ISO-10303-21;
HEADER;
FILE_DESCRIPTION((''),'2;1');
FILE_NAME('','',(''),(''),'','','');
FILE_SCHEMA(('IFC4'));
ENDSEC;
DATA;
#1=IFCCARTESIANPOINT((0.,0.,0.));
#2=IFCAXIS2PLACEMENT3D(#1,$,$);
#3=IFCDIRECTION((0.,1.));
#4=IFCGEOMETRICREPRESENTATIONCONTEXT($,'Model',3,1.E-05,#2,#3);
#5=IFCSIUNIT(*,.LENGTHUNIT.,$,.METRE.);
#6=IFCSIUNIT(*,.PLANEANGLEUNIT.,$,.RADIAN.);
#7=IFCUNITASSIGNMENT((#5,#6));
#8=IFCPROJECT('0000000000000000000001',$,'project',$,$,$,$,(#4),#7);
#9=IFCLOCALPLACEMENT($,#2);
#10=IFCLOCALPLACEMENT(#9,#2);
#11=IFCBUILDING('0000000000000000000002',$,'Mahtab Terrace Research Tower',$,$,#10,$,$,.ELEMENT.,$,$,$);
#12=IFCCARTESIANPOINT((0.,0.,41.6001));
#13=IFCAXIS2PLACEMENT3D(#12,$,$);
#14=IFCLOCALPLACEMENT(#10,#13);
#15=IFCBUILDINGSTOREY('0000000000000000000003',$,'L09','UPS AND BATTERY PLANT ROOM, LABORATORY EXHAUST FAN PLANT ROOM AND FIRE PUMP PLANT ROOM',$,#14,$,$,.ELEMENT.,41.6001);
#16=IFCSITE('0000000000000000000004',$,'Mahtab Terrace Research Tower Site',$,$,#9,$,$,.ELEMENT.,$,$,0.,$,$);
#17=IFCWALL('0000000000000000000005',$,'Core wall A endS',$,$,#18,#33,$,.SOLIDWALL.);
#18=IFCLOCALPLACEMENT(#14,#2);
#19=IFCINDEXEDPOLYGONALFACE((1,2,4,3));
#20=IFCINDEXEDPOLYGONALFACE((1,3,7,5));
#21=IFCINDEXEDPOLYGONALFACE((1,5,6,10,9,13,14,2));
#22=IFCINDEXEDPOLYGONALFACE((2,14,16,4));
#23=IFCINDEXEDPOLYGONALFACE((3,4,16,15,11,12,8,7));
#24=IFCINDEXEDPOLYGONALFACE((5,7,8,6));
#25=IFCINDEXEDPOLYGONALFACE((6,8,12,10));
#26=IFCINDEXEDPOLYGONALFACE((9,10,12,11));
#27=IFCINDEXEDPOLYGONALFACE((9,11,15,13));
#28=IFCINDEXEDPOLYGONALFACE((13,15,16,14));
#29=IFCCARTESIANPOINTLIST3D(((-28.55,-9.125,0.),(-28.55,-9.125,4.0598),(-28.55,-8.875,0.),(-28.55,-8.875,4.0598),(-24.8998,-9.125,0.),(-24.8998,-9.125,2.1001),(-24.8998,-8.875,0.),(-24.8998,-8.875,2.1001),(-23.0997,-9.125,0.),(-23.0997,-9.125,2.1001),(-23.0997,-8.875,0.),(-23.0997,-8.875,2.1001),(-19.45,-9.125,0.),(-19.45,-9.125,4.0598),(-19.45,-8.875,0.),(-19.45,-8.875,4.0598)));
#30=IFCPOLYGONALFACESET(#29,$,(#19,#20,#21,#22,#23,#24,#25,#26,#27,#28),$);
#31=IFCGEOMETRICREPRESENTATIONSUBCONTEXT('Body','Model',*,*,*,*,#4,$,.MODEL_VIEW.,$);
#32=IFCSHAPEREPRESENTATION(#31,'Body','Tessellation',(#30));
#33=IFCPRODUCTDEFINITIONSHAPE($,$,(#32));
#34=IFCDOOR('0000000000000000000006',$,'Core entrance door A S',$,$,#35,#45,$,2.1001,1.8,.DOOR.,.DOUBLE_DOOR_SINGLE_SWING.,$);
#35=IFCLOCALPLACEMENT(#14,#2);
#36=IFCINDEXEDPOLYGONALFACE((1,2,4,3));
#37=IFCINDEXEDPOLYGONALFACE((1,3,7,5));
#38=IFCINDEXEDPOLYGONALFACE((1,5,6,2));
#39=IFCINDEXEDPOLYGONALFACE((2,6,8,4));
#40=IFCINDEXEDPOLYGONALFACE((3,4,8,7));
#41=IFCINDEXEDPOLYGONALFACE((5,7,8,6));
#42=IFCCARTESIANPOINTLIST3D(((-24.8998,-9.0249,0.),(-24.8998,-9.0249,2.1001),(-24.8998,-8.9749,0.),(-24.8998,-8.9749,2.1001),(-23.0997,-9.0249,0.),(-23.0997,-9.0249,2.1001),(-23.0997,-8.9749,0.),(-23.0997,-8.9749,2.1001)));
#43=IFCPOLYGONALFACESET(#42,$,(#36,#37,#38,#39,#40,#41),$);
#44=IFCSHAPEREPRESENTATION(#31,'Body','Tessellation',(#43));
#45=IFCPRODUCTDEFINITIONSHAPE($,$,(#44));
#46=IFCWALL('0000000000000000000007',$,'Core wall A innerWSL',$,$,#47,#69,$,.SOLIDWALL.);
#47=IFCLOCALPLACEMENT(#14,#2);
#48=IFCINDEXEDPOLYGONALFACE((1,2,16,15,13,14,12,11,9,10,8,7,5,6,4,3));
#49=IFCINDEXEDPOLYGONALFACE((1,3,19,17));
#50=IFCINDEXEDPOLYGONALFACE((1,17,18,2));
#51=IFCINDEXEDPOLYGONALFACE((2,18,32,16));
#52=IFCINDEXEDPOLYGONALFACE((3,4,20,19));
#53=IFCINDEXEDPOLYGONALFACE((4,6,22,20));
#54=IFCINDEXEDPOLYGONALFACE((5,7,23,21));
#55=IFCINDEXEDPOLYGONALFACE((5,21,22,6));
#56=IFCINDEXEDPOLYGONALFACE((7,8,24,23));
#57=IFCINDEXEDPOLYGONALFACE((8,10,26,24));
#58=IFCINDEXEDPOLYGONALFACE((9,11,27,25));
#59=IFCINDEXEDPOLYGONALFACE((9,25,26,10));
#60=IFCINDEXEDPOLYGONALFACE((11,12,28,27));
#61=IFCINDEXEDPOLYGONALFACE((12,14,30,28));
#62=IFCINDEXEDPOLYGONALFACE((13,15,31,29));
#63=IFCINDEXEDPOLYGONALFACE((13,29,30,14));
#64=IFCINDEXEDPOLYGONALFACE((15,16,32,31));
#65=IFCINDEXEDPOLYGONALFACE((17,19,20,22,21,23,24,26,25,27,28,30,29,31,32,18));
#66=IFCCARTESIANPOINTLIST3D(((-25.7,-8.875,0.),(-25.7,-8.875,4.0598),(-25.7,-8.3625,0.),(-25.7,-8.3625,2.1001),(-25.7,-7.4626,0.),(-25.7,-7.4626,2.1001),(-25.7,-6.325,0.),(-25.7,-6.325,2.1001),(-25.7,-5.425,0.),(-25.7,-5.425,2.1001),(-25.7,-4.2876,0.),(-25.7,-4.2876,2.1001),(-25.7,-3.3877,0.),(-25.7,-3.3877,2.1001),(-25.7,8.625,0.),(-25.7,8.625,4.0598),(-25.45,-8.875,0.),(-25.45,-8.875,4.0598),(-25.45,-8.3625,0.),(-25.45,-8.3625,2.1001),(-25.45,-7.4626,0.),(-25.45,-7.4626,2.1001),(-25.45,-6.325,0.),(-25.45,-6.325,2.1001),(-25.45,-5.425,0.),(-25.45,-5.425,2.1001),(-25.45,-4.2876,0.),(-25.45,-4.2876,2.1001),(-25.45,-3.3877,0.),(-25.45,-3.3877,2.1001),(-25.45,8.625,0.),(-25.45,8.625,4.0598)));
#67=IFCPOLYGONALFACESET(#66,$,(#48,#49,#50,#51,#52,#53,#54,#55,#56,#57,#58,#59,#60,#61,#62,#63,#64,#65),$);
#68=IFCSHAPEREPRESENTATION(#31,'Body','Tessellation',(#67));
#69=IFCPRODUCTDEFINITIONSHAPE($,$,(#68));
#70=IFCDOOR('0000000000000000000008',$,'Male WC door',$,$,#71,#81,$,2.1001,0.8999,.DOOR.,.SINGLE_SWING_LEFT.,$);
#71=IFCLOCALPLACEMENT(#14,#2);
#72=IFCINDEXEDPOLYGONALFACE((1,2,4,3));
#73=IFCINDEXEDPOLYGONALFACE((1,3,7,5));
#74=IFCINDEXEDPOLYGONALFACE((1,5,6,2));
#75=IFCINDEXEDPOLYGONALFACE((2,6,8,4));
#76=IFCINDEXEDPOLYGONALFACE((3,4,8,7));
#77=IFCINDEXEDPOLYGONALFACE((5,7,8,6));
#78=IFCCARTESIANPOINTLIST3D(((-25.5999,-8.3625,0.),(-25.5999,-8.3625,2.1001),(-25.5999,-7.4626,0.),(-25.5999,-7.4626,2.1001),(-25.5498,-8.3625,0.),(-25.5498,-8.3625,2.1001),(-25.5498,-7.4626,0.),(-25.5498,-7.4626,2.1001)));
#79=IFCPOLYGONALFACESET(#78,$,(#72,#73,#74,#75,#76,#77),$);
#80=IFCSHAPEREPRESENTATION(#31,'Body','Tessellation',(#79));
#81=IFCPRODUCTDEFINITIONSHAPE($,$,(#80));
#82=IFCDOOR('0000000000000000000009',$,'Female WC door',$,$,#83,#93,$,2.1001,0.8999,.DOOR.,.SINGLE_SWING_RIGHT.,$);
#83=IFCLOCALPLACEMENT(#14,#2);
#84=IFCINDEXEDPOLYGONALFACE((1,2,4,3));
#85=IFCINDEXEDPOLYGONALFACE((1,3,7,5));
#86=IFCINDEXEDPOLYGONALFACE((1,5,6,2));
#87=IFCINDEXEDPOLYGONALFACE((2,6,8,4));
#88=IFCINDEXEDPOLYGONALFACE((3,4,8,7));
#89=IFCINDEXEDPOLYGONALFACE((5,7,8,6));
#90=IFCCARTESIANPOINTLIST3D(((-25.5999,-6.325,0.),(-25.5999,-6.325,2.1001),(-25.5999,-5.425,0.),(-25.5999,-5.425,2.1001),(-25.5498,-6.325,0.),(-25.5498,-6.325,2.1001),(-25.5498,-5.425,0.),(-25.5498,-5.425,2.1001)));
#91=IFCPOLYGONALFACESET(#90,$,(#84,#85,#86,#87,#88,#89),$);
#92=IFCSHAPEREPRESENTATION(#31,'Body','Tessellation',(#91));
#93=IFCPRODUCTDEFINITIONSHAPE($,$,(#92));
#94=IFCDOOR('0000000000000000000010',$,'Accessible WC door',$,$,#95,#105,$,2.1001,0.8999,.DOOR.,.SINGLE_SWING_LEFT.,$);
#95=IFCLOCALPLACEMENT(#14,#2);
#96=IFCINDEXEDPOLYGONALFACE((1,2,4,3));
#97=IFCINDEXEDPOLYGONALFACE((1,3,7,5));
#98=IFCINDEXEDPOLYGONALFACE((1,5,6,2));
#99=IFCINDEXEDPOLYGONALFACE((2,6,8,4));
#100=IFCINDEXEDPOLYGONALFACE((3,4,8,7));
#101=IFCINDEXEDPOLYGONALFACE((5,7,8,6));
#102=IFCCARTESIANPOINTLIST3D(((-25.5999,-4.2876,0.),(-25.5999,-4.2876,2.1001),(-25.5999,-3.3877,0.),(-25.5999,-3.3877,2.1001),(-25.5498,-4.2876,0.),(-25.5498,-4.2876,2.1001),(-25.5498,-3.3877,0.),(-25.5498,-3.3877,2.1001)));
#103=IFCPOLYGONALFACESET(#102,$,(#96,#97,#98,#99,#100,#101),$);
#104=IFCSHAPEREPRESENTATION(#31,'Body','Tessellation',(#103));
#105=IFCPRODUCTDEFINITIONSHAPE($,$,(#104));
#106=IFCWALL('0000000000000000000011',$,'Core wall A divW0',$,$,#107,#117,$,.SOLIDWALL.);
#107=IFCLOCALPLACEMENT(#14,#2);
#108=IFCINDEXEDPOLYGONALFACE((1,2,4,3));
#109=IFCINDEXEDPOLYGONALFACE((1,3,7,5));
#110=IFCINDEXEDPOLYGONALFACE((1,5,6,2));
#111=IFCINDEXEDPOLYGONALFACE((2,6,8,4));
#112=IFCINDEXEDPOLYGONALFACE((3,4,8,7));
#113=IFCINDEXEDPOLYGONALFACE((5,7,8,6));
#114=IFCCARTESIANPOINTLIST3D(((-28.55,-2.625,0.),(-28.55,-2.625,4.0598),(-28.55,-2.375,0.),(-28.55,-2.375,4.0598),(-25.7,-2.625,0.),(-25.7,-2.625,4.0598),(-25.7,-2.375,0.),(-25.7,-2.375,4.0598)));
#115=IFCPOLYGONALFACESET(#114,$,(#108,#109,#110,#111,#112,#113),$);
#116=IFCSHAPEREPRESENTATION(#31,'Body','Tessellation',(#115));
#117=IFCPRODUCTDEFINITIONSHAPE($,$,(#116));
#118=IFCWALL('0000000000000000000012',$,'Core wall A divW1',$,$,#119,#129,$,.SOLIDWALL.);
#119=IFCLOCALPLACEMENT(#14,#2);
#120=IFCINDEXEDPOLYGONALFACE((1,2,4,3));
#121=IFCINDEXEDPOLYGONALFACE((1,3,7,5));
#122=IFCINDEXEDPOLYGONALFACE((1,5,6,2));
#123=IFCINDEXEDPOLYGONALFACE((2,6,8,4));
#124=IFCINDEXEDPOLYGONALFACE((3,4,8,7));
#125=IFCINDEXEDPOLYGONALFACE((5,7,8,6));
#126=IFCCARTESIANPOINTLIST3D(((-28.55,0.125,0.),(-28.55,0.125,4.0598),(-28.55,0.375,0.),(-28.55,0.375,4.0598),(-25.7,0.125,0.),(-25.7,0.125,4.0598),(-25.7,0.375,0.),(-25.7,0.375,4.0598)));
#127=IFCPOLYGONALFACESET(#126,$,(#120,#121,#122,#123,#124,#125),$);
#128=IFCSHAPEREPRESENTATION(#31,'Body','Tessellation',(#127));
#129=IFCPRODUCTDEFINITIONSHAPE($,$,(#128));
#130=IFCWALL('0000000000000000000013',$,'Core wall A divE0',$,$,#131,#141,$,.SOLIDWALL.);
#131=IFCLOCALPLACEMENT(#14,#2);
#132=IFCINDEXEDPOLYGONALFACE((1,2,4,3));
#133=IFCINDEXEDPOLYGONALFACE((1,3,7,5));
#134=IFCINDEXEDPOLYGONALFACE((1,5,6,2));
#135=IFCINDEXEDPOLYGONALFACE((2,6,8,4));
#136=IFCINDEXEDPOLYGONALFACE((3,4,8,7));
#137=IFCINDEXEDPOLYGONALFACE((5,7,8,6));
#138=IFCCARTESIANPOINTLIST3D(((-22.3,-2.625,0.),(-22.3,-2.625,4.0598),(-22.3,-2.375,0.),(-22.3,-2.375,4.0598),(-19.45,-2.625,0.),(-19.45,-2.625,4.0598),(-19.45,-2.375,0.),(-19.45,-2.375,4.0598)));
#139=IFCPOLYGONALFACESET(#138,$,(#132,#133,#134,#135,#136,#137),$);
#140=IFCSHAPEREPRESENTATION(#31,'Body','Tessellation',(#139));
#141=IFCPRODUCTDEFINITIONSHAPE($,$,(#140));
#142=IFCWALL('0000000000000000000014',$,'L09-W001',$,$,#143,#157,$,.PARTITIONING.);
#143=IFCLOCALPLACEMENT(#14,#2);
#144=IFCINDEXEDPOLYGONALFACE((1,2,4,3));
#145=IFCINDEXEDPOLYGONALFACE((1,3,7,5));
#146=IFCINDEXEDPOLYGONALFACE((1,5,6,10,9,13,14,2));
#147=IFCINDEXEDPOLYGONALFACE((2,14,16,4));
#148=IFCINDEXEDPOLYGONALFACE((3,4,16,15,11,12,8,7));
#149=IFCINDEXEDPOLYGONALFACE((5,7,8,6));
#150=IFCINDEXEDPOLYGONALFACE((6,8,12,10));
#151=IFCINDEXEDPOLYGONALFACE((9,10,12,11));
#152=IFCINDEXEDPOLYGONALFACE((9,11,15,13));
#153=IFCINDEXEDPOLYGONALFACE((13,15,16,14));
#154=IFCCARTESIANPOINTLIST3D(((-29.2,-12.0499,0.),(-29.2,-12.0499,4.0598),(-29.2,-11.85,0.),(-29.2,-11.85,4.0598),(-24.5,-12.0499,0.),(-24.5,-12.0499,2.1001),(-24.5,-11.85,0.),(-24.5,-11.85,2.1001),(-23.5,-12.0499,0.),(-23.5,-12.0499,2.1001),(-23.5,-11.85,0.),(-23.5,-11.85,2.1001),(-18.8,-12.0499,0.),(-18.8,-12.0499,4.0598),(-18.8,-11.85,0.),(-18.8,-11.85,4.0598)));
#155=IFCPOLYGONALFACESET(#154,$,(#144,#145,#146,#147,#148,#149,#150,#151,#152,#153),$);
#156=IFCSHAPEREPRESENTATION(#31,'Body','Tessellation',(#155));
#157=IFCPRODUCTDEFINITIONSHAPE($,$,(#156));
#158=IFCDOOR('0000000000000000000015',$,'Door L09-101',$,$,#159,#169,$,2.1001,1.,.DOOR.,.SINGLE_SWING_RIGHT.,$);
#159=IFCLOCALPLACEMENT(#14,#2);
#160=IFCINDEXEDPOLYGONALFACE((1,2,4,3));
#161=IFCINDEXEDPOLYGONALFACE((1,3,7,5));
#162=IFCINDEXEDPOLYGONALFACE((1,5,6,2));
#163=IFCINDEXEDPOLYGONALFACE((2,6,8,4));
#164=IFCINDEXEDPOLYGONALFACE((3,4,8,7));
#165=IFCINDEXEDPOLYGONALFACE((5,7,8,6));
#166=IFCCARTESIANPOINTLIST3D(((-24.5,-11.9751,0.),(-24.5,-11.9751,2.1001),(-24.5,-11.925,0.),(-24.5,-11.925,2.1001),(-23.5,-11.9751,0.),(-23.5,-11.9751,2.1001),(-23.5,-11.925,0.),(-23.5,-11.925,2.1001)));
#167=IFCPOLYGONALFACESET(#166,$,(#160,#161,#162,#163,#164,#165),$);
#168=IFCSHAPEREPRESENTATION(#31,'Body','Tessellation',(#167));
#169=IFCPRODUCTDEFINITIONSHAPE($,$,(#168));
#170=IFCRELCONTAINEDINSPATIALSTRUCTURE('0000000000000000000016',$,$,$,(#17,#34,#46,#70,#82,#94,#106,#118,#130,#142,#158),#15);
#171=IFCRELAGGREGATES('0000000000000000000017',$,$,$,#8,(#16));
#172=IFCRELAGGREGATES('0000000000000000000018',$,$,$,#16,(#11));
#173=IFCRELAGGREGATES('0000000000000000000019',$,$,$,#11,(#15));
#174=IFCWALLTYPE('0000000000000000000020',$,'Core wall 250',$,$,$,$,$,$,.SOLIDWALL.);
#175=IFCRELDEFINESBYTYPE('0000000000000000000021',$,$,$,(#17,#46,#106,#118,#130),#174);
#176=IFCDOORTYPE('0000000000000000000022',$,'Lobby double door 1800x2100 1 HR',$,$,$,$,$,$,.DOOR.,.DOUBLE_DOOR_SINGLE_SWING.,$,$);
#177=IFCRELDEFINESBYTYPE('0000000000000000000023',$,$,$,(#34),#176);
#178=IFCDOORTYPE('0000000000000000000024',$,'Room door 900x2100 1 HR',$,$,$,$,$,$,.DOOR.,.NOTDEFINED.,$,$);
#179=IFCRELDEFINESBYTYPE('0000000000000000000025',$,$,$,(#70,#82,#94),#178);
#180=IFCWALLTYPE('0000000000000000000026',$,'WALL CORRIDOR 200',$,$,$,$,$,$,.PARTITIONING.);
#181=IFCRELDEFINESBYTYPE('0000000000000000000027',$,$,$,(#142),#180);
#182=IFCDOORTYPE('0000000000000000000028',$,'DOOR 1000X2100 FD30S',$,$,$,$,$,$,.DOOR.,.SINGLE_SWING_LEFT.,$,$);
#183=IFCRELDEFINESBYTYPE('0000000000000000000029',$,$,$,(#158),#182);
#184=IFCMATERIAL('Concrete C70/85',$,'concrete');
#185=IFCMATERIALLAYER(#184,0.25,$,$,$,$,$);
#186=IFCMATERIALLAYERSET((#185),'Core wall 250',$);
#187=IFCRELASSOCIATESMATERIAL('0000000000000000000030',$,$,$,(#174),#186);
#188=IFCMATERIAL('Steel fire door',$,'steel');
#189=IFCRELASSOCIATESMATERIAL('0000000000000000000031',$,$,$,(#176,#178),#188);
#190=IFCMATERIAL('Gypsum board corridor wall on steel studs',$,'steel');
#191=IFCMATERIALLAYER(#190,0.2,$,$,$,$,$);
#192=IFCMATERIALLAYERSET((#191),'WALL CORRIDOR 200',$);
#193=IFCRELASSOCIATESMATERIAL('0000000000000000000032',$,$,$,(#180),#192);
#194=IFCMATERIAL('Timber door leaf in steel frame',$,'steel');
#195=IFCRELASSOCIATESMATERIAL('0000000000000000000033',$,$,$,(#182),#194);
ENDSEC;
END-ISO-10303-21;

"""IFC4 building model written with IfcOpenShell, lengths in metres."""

from ifc_helpers import new_model, si_unit, direction, frame, frame_2d, origin, place, context, subcontext, project, spatial, rectangle, extrude, material, layer, layer_set, type_object, element, fill, save


model = new_model("IFC4")

# Units and contexts
model_context = context("Model", 3, precision=1e-05, world=origin(), true_north=direction((0.0, 1.0)))
body_context = subcontext(model_context, "Body", "Model", "MODEL_VIEW")
ifc_project = project(units=[si_unit("LENGTHUNIT", "METRE"), si_unit("PLANEANGLEUNIT", "RADIAN")], contexts=[model_context])

# Site, building, storey
site_placement = place(None, origin())
site = spatial("IfcSite", under=ifc_project, at=site_placement, Name="Mahtab Terrace Research Tower Site", CompositionType="ELEMENT", RefElevation=0.0)
building_placement = place(site_placement, origin())
building = spatial("IfcBuilding", under=site, at=building_placement, Name="Mahtab Terrace Research Tower", CompositionType="ELEMENT")
storey_placement = place(building_placement, frame((0.0, 0.0, 41.6001)))
storey = spatial("IfcBuildingStorey", under=building, at=storey_placement, Name="L09", Description="UPS AND BATTERY PLANT ROOM, LABORATORY EXHAUST FAN PLANT ROOM AND FIRE PUMP PLANT ROOM", CompositionType="ELEMENT", Elevation=41.6001)

# Shared definitions
ifc_material_1 = material(Name="Concrete C70/85", Category="concrete")

# Wall, opening, door
ifc_layer_1 = layer(ifc_material_1, 0.25)
ifc_layer_set_1 = layer_set([ifc_layer_1], Name="Core wall 250")
wall_type_1 = type_object("IfcWallType", Name="Core wall 250", PredefinedType="SOLIDWALL", material=ifc_layer_set_1)
wall_1_placement = place(storey_placement, frame((-19.45, -9.0, 0.0), z_axis=(0.0, 0.0, 1.0), x_axis=(-1.0, 0.0, 0.0)))
wall_1 = element("IfcWall", 1, at=wall_1_placement, inside=storey, type_object=wall_type_1, Name="Core wall A endS", PredefinedType="SOLIDWALL", context=body_context, shape_type="SweptSolid", body=[
    extrude(rectangle(XDim=9.1001, YDim=0.25, at=frame_2d((4.55, 0.0))), origin(), (0.0, 0.0, 1.0), 4.0598),
])
opening_1_placement = place(wall_1_placement, frame((3.6499, 0.0, 0.0)))
opening_1 = element("IfcOpeningElement", 2, at=opening_1_placement, cuts=wall_1, PredefinedType="OPENING", context=body_context, shape_type="SweptSolid", body=[
    extrude(rectangle(XDim=1.8, YDim=2.1001, at=frame_2d((0.8999, 1.05))), frame((0.0, 0.135, 0.0), z_axis=(0.0, -1.0, 0.0), x_axis=(1.0, 0.0, 0.0)), (0.0, 0.0, 1.0), 0.27),
])
ifc_material_2 = material(Name="Steel fire door", Category="steel")
door_type_1 = type_object("IfcDoorType", Name="Lobby double door 1800x2100 1 HR", OperationType="DOUBLE_DOOR_SINGLE_SWING", PredefinedType="DOOR", material=ifc_material_2)
door_1_placement = place(opening_1_placement, origin())
door_1 = element("IfcDoor", 3, at=door_1_placement, inside=storey, type_object=door_type_1, Name="Core entrance door A S", OperationType="DOUBLE_DOOR_SINGLE_SWING", OverallHeight=2.1001, OverallWidth=1.8, PredefinedType="DOOR", context=body_context, shape_type="SweptSolid", body=[
    extrude(rectangle(XDim=1.8, YDim=2.1001, at=frame_2d((0.8999, 1.05))), frame((0.0, 0.0249, 0.0), z_axis=(0.0, -1.0, 0.0), x_axis=(1.0, 0.0, 0.0)), (0.0, 0.0, 1.0), 0.05),
])
fill(opening_1, door_1)

# Wall, openings, doors
wall_2_placement = place(storey_placement, frame((-25.575, -8.875, 0.0), z_axis=(0.0, 0.0, 1.0), x_axis=(0.0, 1.0, 0.0)))
wall_2 = element("IfcWall", 4, at=wall_2_placement, inside=storey, type_object=wall_type_1, Name="Core wall A innerWSL", PredefinedType="SOLIDWALL", context=body_context, shape_type="SweptSolid", body=[
    extrude(rectangle(XDim=17.5, YDim=0.25, at=frame_2d((8.75, 0.0))), origin(), (0.0, 0.0, 1.0), 4.0598),
])
opening_2_placement = place(wall_2_placement, frame((0.5125, 0.0, 0.0)))
opening_2 = element("IfcOpeningElement", 5, at=opening_2_placement, cuts=wall_2, PredefinedType="OPENING", context=body_context, shape_type="SweptSolid", body=[
    extrude(rectangle(XDim=0.8999, YDim=2.1001, at=frame_2d((0.45, 1.05))), frame((0.0, 0.135, 0.0), z_axis=(0.0, -1.0, 0.0), x_axis=(1.0, 0.0, 0.0)), (0.0, 0.0, 1.0), 0.27),
])
opening_3_placement = place(wall_2_placement, frame((2.55, 0.0, 0.0)))
opening_3 = element("IfcOpeningElement", 6, at=opening_3_placement, cuts=wall_2, PredefinedType="OPENING", context=body_context, shape_type="SweptSolid", body=[
    extrude(rectangle(XDim=0.8999, YDim=2.1001, at=frame_2d((0.45, 1.05))), frame((0.0, 0.135, 0.0), z_axis=(0.0, -1.0, 0.0), x_axis=(1.0, 0.0, 0.0)), (0.0, 0.0, 1.0), 0.27),
])
opening_4_placement = place(wall_2_placement, frame((4.5874, 0.0, 0.0)))
opening_4 = element("IfcOpeningElement", 7, at=opening_4_placement, cuts=wall_2, PredefinedType="OPENING", context=body_context, shape_type="SweptSolid", body=[
    extrude(rectangle(XDim=0.8999, YDim=2.1001, at=frame_2d((0.45, 1.05))), frame((0.0, 0.135, 0.0), z_axis=(0.0, -1.0, 0.0), x_axis=(1.0, 0.0, 0.0)), (0.0, 0.0, 1.0), 0.27),
])
door_type_2 = type_object("IfcDoorType", Name="Room door 900x2100 1 HR", OperationType="NOTDEFINED", PredefinedType="DOOR", material=ifc_material_2)
door_2_placement = place(opening_2_placement, origin())
door_2 = element("IfcDoor", 8, at=door_2_placement, inside=storey, type_object=door_type_2, Name="Male WC door", OperationType="SINGLE_SWING_LEFT", OverallHeight=2.1001, OverallWidth=0.8999, PredefinedType="DOOR", context=body_context, shape_type="SweptSolid", body=[
    extrude(rectangle(XDim=0.8999, YDim=2.1001, at=frame_2d((0.45, 1.05))), frame((0.0, 0.0249, 0.0), z_axis=(0.0, -1.0, 0.0), x_axis=(1.0, 0.0, 0.0)), (0.0, 0.0, 1.0), 0.05),
])
fill(opening_2, door_2)
door_3_placement = place(opening_3_placement, origin())
door_3 = element("IfcDoor", 9, at=door_3_placement, inside=storey, type_object=door_type_2, Name="Female WC door", OperationType="SINGLE_SWING_RIGHT", OverallHeight=2.1001, OverallWidth=0.8999, PredefinedType="DOOR", context=body_context, shape_type="SweptSolid", body=[
    extrude(rectangle(XDim=0.8999, YDim=2.1001, at=frame_2d((0.45, 1.05))), frame((0.0, 0.0249, 0.0), z_axis=(0.0, -1.0, 0.0), x_axis=(1.0, 0.0, 0.0)), (0.0, 0.0, 1.0), 0.05),
])
fill(opening_3, door_3)
door_4_placement = place(opening_4_placement, origin())
door_4 = element("IfcDoor", 10, at=door_4_placement, inside=storey, type_object=door_type_2, Name="Accessible WC door", OperationType="SINGLE_SWING_LEFT", OverallHeight=2.1001, OverallWidth=0.8999, PredefinedType="DOOR", context=body_context, shape_type="SweptSolid", body=[
    extrude(rectangle(XDim=0.8999, YDim=2.1001, at=frame_2d((0.45, 1.05))), frame((0.0, 0.0249, 0.0), z_axis=(0.0, -1.0, 0.0), x_axis=(1.0, 0.0, 0.0)), (0.0, 0.0, 1.0), 0.05),
])
fill(opening_4, door_4)

# Walls
for number, where, z_axis, x_axis, name in (
    (11, (-28.55, -2.5, 0.0), (0.0, 0.0, 1.0), (1.0, 0.0, 0.0), "Core wall A divW0"),
    (12, (-28.55, 0.25, 0.0), (0.0, 0.0, 1.0), (1.0, 0.0, 0.0), "Core wall A divW1"),
    (13, (-22.3, -2.5, 0.0), (0.0, 0.0, 1.0), (1.0, 0.0, 0.0), "Core wall A divE0"),
):
    element("IfcWall", number, at=place(storey_placement, frame(where, z_axis=z_axis, x_axis=x_axis)), inside=storey, type_object=wall_type_1, Name=name, PredefinedType="SOLIDWALL", context=body_context, shape_type="SweptSolid", body=[
        extrude(rectangle(XDim=2.8501, YDim=0.25, at=frame_2d((1.425, 0.0))), origin(), (0.0, 0.0, 1.0), 4.0598),
    ])

# Wall, opening, door
ifc_material_3 = material(Name="Gypsum board corridor wall on steel studs", Category="steel")
ifc_layer_2 = layer(ifc_material_3, 0.2)
ifc_layer_set_2 = layer_set([ifc_layer_2], Name="WALL CORRIDOR 200")
wall_type_2 = type_object("IfcWallType", Name="WALL CORRIDOR 200", PredefinedType="PARTITIONING", material=ifc_layer_set_2)
wall_3_placement = place(storey_placement, frame((-29.2, -11.95, 0.0), z_axis=(0.0, 0.0, 1.0), x_axis=(1.0, 0.0, 0.0)))
wall_3 = element("IfcWall", 14, at=wall_3_placement, inside=storey, type_object=wall_type_2, Name="L09-W001", PredefinedType="PARTITIONING", context=body_context, shape_type="SweptSolid", body=[
    extrude(rectangle(XDim=10.3999, YDim=0.2, at=frame_2d((5.2, 0.0))), origin(), (0.0, 0.0, 1.0), 4.0598),
])
opening_5_placement = place(wall_3_placement, frame((4.7, 0.0, 0.0)))
opening_5 = element("IfcOpeningElement", 15, at=opening_5_placement, cuts=wall_3, PredefinedType="OPENING", context=body_context, shape_type="SweptSolid", body=[
    extrude(rectangle(XDim=1.0, YDim=2.1001, at=frame_2d((0.5, 1.05))), frame((0.0, 0.1099, 0.0), z_axis=(0.0, -1.0, 0.0), x_axis=(1.0, 0.0, 0.0)), (0.0, 0.0, 1.0), 0.22),
])
ifc_material_4 = material(Name="Timber door leaf in steel frame", Category="steel")
door_type_3 = type_object("IfcDoorType", Name="DOOR 1000X2100 FD30S", OperationType="SINGLE_SWING_LEFT", PredefinedType="DOOR", material=ifc_material_4)
door_5_placement = place(opening_5_placement, origin())
door_5 = element("IfcDoor", 16, at=door_5_placement, inside=storey, type_object=door_type_3, Name="Door L09-101", OperationType="SINGLE_SWING_RIGHT", OverallHeight=2.1001, OverallWidth=1.0, PredefinedType="DOOR", context=body_context, shape_type="SweptSolid", body=[
    extrude(rectangle(XDim=1.0, YDim=2.1001, at=frame_2d((0.5, 1.05))), frame((0.0, 0.0249, 0.0), z_axis=(0.0, -1.0, 0.0), x_axis=(1.0, 0.0, 0.0)), (0.0, 0.0, 1.0), 0.05),
])
fill(opening_5, door_5)

save(model, "model.ifc")
